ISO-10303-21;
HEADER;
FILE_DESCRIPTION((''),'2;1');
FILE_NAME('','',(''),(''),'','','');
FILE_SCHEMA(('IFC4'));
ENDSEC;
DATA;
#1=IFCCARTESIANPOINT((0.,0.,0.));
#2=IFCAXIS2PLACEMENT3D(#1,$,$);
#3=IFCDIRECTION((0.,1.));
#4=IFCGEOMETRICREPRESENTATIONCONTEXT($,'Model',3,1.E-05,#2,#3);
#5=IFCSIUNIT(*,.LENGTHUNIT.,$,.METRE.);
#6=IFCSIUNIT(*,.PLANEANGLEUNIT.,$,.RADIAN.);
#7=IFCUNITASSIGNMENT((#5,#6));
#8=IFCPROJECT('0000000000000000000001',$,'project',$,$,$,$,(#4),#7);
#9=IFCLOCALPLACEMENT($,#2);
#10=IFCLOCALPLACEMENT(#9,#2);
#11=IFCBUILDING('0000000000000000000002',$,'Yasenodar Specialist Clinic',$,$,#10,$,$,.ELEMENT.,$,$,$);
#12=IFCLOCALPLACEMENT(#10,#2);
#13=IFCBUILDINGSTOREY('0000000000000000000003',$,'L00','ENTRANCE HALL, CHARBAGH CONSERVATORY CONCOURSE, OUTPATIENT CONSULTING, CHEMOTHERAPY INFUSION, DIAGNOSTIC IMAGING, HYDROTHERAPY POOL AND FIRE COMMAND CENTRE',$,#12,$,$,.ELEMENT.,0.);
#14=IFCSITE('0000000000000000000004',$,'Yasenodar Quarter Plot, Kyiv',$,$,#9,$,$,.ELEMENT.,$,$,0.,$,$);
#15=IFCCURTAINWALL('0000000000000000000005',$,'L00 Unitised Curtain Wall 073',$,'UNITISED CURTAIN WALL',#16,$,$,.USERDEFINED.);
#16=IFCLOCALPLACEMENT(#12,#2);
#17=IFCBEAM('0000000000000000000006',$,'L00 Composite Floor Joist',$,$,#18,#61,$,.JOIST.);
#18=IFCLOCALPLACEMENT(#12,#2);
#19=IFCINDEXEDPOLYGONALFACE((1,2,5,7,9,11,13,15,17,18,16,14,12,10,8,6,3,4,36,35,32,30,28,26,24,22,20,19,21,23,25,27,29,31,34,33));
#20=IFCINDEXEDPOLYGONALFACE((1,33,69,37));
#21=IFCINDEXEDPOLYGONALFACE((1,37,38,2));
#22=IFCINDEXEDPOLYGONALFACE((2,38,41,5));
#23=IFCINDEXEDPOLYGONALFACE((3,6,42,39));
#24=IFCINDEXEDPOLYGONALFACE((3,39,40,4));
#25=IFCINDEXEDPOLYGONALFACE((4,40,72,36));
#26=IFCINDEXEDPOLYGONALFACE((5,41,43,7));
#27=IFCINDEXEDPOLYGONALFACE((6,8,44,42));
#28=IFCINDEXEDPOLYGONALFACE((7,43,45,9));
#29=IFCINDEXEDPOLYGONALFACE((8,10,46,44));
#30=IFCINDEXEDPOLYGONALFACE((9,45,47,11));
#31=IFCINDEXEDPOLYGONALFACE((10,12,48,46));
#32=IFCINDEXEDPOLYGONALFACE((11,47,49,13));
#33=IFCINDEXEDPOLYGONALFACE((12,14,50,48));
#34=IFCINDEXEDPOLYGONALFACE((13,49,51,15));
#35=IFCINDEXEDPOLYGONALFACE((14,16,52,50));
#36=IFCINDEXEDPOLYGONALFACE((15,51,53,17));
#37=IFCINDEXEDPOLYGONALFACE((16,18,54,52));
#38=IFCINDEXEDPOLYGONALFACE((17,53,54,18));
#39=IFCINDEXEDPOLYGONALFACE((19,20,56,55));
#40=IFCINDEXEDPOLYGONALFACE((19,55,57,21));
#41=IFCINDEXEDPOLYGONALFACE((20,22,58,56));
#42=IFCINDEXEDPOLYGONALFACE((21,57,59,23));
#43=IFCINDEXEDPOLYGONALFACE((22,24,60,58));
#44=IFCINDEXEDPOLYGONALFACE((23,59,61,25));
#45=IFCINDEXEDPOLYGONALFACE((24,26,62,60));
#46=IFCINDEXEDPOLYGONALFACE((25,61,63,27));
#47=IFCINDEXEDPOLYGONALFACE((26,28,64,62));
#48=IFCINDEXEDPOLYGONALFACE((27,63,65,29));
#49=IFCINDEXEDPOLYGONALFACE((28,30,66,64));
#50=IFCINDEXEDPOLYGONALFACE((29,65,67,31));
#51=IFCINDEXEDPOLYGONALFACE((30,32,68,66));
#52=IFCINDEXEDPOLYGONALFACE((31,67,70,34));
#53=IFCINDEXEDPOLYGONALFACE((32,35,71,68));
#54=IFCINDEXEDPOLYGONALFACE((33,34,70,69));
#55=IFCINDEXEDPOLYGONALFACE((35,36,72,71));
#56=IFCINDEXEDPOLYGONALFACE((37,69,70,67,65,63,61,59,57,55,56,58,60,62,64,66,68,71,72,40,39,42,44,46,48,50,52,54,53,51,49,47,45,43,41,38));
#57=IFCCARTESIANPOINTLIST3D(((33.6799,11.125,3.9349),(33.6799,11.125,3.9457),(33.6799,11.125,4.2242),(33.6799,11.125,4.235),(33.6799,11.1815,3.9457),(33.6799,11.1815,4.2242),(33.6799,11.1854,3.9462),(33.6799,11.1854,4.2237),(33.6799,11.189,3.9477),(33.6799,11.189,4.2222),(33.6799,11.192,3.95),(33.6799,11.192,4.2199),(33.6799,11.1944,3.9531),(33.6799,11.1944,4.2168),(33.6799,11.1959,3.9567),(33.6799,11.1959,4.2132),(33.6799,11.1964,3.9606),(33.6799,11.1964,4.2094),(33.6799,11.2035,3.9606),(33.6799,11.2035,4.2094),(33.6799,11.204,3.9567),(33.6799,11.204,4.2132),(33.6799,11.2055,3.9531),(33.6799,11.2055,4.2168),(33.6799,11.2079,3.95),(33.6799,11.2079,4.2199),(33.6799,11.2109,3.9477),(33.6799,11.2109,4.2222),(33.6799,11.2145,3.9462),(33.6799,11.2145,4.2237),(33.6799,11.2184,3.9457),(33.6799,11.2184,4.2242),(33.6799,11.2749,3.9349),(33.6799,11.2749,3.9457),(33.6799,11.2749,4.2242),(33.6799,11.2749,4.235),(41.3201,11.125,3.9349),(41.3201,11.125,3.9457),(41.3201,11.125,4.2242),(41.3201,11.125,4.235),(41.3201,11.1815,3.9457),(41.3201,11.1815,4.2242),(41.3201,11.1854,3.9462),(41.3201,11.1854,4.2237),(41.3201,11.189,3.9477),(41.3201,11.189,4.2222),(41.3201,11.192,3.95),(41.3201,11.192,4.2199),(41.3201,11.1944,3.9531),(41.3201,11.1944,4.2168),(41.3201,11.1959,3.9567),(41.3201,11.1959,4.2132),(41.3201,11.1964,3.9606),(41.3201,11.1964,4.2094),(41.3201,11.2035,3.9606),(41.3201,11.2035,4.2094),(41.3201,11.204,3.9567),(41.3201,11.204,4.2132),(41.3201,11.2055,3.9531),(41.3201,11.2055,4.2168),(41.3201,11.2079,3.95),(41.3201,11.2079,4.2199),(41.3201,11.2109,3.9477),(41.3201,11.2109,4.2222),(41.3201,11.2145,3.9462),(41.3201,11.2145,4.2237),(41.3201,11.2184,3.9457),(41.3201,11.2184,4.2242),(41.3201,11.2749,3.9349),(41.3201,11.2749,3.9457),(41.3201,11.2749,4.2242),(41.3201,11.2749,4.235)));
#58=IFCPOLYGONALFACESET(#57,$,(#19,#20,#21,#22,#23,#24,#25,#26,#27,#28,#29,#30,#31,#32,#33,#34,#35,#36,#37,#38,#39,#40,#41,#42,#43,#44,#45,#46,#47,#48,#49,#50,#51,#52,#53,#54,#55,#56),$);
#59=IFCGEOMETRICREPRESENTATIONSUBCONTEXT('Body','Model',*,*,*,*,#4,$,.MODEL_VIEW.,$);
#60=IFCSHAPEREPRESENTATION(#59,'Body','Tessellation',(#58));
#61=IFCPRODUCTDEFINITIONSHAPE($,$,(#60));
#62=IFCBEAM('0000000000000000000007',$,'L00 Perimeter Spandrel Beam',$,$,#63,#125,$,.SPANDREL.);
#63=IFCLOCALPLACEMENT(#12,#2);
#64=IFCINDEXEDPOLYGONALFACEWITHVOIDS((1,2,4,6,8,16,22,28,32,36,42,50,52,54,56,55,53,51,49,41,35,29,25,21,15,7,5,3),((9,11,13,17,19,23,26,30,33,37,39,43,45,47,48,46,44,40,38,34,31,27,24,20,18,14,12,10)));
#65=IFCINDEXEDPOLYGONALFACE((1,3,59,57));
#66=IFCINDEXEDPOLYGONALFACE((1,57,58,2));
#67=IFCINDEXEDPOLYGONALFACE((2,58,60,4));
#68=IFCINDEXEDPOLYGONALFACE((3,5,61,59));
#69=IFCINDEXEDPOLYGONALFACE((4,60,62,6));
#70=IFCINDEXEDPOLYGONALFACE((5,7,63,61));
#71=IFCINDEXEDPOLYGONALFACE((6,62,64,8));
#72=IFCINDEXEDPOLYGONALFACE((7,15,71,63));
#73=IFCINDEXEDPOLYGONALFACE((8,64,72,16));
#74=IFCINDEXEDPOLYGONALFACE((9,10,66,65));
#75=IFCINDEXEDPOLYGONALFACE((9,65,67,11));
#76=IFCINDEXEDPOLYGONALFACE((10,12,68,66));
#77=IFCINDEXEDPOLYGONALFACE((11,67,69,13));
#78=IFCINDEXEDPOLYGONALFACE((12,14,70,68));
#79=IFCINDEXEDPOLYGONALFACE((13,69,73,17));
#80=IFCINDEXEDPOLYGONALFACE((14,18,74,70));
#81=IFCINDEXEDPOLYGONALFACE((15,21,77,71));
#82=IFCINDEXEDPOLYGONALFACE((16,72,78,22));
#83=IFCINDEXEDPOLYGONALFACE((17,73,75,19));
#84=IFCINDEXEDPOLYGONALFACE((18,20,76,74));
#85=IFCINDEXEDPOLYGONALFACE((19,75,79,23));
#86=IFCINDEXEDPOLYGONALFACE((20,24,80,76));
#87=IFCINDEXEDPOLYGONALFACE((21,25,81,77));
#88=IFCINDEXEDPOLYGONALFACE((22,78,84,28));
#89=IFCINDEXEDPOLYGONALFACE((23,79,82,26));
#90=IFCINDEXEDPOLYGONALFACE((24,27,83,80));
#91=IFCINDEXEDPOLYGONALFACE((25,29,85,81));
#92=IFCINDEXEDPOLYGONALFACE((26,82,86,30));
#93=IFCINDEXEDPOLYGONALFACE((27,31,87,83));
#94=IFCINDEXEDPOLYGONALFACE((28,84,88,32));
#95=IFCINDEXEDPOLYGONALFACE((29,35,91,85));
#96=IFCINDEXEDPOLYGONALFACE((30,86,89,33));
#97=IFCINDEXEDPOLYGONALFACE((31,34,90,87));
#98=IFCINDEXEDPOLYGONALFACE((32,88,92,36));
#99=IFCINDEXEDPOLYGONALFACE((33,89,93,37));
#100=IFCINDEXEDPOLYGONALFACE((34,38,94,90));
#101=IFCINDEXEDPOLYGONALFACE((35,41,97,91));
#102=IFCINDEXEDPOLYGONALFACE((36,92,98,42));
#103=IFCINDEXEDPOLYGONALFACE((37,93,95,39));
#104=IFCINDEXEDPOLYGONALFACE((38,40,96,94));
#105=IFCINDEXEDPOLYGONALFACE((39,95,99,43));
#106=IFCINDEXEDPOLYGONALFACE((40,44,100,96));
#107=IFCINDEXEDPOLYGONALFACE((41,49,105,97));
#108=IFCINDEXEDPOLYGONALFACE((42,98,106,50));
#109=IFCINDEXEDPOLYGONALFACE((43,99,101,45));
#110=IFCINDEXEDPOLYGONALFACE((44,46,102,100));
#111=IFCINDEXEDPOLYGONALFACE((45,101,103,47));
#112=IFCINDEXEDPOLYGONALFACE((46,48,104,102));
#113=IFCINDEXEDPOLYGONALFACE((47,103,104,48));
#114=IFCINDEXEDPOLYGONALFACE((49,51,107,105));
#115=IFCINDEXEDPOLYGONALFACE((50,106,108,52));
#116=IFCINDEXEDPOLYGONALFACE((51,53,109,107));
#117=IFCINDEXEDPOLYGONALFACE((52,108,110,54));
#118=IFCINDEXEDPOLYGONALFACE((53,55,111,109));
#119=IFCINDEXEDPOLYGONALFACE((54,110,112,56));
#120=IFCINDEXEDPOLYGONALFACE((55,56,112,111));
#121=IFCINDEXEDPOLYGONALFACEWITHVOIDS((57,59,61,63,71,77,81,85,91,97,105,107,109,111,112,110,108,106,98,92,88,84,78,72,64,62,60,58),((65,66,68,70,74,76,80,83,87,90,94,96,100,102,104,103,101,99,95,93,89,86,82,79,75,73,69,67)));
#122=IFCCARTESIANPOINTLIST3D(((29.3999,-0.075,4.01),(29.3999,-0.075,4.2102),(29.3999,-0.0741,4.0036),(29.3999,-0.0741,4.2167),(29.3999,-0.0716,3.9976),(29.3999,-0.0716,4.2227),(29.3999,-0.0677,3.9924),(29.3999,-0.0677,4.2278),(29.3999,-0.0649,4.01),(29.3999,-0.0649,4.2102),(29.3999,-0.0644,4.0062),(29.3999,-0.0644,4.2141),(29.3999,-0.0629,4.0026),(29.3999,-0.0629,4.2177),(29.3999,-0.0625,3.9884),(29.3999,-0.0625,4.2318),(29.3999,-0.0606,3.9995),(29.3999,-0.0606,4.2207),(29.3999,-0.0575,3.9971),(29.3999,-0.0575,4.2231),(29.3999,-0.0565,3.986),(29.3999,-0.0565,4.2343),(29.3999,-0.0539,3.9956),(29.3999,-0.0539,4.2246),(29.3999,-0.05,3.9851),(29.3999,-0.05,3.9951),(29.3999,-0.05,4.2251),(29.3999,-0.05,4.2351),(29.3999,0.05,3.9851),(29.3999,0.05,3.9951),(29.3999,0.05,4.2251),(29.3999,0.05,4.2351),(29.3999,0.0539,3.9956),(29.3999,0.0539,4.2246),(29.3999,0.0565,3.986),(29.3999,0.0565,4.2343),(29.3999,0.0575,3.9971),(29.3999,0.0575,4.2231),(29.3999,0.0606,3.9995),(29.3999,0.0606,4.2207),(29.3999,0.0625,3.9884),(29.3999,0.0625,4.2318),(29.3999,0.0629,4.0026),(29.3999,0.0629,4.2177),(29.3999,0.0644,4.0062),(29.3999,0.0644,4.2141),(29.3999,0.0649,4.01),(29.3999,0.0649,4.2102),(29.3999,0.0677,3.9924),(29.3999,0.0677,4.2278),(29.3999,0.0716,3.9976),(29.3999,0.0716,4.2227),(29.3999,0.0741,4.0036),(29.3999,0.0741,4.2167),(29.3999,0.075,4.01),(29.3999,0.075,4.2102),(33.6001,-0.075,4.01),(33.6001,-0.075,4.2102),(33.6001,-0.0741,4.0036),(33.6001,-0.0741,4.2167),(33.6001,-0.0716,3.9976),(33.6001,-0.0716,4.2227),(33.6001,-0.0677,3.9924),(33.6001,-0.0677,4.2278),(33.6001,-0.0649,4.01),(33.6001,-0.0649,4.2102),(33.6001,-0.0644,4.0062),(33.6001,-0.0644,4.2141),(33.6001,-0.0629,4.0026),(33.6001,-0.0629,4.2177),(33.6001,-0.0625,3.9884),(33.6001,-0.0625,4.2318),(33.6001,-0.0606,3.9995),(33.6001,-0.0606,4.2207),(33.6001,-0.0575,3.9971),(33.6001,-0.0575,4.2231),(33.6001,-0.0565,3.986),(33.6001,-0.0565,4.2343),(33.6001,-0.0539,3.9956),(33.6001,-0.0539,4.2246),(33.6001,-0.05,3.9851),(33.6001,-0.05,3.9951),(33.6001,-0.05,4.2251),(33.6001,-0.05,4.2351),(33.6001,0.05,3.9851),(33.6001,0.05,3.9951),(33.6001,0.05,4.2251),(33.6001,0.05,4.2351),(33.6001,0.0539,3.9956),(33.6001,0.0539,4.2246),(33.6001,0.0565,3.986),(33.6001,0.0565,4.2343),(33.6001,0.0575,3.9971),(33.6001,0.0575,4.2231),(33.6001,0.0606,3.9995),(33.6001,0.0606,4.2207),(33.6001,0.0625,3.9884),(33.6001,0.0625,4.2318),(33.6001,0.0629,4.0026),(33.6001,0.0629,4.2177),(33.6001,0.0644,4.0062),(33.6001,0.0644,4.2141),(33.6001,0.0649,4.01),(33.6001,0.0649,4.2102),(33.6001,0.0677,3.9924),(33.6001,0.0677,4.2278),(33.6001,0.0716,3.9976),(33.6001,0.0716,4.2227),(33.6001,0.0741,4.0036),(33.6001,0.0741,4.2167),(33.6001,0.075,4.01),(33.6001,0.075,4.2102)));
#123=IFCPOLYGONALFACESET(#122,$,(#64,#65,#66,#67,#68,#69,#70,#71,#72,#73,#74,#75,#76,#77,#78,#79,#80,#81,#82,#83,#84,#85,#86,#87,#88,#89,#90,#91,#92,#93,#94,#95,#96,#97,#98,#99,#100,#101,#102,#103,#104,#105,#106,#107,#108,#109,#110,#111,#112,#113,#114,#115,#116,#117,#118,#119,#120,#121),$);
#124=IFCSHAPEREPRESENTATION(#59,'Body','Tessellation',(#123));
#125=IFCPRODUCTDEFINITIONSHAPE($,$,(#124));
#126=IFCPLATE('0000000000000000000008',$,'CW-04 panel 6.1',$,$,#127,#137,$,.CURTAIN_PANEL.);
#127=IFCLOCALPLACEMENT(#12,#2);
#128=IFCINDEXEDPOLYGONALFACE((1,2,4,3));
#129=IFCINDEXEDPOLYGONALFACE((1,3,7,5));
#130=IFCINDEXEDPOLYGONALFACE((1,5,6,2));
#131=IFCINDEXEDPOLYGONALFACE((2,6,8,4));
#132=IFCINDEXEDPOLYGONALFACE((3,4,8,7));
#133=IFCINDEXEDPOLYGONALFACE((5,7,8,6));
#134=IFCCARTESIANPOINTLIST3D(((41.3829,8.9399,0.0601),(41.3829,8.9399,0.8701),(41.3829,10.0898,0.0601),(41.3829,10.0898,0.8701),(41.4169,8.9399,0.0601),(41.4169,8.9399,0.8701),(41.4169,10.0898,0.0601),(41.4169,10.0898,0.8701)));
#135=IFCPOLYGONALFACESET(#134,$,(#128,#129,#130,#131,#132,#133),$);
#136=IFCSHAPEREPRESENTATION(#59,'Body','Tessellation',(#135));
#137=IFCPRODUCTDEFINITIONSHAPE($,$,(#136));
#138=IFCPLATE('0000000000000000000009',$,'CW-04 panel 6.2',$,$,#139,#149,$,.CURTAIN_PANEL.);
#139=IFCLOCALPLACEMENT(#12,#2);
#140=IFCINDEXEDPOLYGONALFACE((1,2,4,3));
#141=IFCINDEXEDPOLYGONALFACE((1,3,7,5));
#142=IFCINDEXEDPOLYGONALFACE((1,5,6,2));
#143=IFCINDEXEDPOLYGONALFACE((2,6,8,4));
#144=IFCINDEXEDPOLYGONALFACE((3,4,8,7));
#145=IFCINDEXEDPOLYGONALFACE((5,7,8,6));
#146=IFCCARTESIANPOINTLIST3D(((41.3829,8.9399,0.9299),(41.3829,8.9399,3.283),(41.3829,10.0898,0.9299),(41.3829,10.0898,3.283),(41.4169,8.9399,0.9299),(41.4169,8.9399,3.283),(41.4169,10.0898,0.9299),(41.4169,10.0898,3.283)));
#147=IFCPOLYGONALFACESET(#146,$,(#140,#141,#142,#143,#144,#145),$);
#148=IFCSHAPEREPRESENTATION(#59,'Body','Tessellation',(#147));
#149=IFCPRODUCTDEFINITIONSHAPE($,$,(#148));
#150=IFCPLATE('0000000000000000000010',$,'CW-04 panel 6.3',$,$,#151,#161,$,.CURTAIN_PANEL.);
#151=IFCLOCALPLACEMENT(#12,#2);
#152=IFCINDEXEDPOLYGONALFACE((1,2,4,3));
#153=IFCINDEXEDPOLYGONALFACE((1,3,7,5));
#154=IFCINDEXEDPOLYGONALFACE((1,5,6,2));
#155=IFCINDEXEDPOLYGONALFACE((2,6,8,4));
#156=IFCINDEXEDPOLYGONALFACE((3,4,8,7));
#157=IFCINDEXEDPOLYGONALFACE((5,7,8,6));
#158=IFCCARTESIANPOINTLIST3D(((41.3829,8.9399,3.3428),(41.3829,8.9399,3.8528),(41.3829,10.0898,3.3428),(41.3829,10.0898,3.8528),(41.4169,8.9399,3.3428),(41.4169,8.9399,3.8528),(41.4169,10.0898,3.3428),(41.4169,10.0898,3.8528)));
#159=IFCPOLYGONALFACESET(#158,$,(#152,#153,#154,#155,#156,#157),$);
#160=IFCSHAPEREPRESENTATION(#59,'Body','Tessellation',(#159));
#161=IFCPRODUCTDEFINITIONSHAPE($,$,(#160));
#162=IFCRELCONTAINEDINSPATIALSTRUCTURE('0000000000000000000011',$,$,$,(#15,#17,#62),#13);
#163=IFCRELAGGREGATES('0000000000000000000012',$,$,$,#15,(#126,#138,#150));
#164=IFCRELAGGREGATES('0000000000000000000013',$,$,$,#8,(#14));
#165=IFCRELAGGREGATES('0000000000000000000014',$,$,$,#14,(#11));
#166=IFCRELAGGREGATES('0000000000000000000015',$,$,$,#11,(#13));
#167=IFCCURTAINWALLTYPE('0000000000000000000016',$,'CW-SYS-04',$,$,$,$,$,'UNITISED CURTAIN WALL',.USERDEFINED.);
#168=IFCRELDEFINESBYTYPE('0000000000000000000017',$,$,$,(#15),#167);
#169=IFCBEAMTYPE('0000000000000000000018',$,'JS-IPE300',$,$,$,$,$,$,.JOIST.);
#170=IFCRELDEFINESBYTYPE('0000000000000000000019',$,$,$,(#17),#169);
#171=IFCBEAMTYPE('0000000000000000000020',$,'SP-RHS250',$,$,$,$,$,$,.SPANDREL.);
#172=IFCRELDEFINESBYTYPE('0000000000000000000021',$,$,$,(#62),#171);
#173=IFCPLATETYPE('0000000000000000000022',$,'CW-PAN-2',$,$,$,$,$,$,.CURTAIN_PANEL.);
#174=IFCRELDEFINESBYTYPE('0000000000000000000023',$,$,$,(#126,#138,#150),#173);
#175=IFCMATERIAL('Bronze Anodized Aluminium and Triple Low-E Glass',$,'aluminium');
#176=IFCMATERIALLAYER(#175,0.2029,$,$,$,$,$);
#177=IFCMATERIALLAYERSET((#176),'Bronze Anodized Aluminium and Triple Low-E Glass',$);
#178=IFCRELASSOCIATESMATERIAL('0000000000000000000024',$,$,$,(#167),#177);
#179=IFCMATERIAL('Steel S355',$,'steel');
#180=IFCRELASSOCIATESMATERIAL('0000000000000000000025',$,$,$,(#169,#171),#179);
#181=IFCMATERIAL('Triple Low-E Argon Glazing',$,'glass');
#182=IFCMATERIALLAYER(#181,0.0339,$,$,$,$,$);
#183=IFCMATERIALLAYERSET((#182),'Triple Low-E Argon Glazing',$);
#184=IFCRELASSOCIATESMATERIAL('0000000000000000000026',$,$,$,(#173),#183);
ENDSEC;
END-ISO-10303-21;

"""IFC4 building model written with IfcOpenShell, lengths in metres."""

from ifc_helpers import new_model, si_unit, direction, frame, origin, origin_2d, place, context, subcontext, project, spatial, rectangle, hollow_rectangle, i_section, extrude, material, layer, layer_set, material_profile, profile_set, type_object, element, aggregate, save


model = new_model("IFC4")

# Units and contexts
model_context = context("Model", 3, precision=1e-05, world=origin(), true_north=direction((0.0, 1.0)))
body_context = subcontext(model_context, "Body", "Model", "MODEL_VIEW")
ifc_project = project(units=[si_unit("LENGTHUNIT", "METRE"), si_unit("PLANEANGLEUNIT", "RADIAN")], contexts=[model_context])

# Site, building, storey
site_placement = place(None, origin())
site = spatial("IfcSite", under=ifc_project, at=site_placement, Name="Yasenodar Quarter Plot, Kyiv", CompositionType="ELEMENT", RefElevation=0.0)
building_placement = place(site_placement, origin())
building = spatial("IfcBuilding", under=site, at=building_placement, Name="Yasenodar Specialist Clinic", CompositionType="ELEMENT")
storey_placement = place(building_placement, origin())
storey = spatial("IfcBuildingStorey", under=building, at=storey_placement, Name="L00", Description="ENTRANCE HALL, CHARBAGH CONSERVATORY CONCOURSE, OUTPATIENT CONSULTING, CHEMOTHERAPY INFUSION, DIAGNOSTIC IMAGING, HYDROTHERAPY POOL AND FIRE COMMAND CENTRE", CompositionType="ELEMENT", Elevation=0.0)

# Shared definitions
ifc_material_1 = material(Name="Steel S355", Category="steel")

# Curtain wall
ifc_material_2 = material(Name="Bronze Anodized Aluminium and Triple Low-E Glass", Category="aluminium")
ifc_layer_1 = layer(ifc_material_2, 0.2029)
ifc_layer_set_1 = layer_set([ifc_layer_1], Name="Bronze Anodized Aluminium and Triple Low-E Glass")
curtain_wall_type = type_object("IfcCurtainWallType", Name="CW-SYS-04", ElementType="UNITISED CURTAIN WALL", PredefinedType="USERDEFINED", material=ifc_layer_set_1)
curtain_wall_placement = place(storey_placement, origin())
curtain_wall = element("IfcCurtainWall", 1, at=curtain_wall_placement, inside=storey, type_object=curtain_wall_type, Name="L00 Unitised Curtain Wall 073", ObjectType="UNITISED CURTAIN WALL", PredefinedType="USERDEFINED")

# Beams
ifc_material_profile_1 = material_profile(ifc_material_1, i_section(OverallWidth=0.1499, OverallDepth=0.3, WebThickness=0.0071, FlangeThickness=0.0107, FilletRadius=0.0149, at=origin_2d()), Name="IPE 300")
ifc_profile_set_1 = profile_set([ifc_material_profile_1], Name="Steel S355")
beam_type_1 = type_object("IfcBeamType", Name="JS-IPE300", PredefinedType="JOIST", material=ifc_profile_set_1)
beam_1_placement = place(storey_placement, frame((33.6799, 11.2, 4.085), z_axis=(1.0, 0.0, 0.0), x_axis=(0.0, 1.0, 0.0)))
element("IfcBeam", 2, at=beam_1_placement, inside=storey, type_object=beam_type_1, Name="L00 Composite Floor Joist", PredefinedType="JOIST", context=body_context, shape_type="SweptSolid", body=[
    extrude(i_section(OverallWidth=0.1499, OverallDepth=0.3, WebThickness=0.0071, FlangeThickness=0.0107, FilletRadius=0.0149, at=origin_2d()), origin(), (0.0, 0.0, 1.0), 7.6401),
])
ifc_material_profile_2 = material_profile(ifc_material_1, hollow_rectangle(XDim=0.1499, YDim=0.25, WallThickness=0.01, InnerFilletRadius=0.0149, OuterFilletRadius=0.0249, at=origin_2d()), Name="RHS 250x150x10")
ifc_profile_set_2 = profile_set([ifc_material_profile_2], Name="Steel S355")
beam_type_2 = type_object("IfcBeamType", Name="SP-RHS250", PredefinedType="SPANDREL", material=ifc_profile_set_2)
beam_2_placement = place(storey_placement, frame((29.3999, 0.0, 4.1101), z_axis=(1.0, 0.0, 0.0), x_axis=(0.0, 1.0, 0.0)))
element("IfcBeam", 3, at=beam_2_placement, inside=storey, type_object=beam_type_2, Name="L00 Perimeter Spandrel Beam", PredefinedType="SPANDREL", context=body_context, shape_type="SweptSolid", body=[
    extrude(hollow_rectangle(XDim=0.1499, YDim=0.25, WallThickness=0.01, InnerFilletRadius=0.0149, OuterFilletRadius=0.0249, at=origin_2d()), origin(), (0.0, 0.0, 1.0), 4.2002),
])

# Plates
ifc_material_3 = material(Name="Triple Low-E Argon Glazing", Category="glass")
ifc_layer_2 = layer(ifc_material_3, 0.0339)
ifc_layer_set_2 = layer_set([ifc_layer_2], Name="Triple Low-E Argon Glazing")
plate_type = type_object("IfcPlateType", Name="CW-PAN-2", PredefinedType="CURTAIN_PANEL", material=ifc_layer_set_2)
plate_1_placement = place(storey_placement, frame((41.3999, 9.5149, 0.0601), z_axis=(0.0, 0.0, 1.0), x_axis=(0.0, -1.0, 0.0)))
plate_1 = element("IfcPlate", 4, at=plate_1_placement, type_object=plate_type, Name="CW-04 panel 6.1", PredefinedType="CURTAIN_PANEL", context=body_context, shape_type="SweptSolid", body=[
    extrude(rectangle(XDim=1.1499, YDim=0.0339, at=origin_2d()), origin(), (0.0, 0.0, 1.0), 0.8101),
])
plate_2_placement = place(storey_placement, frame((41.3999, 9.5149, 0.9299), z_axis=(0.0, 0.0, 1.0), x_axis=(0.0, -1.0, 0.0)))
plate_2 = element("IfcPlate", 5, at=plate_2_placement, type_object=plate_type, Name="CW-04 panel 6.2", PredefinedType="CURTAIN_PANEL", context=body_context, shape_type="SweptSolid", body=[
    extrude(rectangle(XDim=1.1499, YDim=0.0339, at=origin_2d()), origin(), (0.0, 0.0, 1.0), 2.353),
])
plate_3_placement = place(storey_placement, frame((41.3999, 9.5149, 3.3428), z_axis=(0.0, 0.0, 1.0), x_axis=(0.0, -1.0, 0.0)))
plate_3 = element("IfcPlate", 6, at=plate_3_placement, type_object=plate_type, Name="CW-04 panel 6.3", PredefinedType="CURTAIN_PANEL", context=body_context, shape_type="SweptSolid", body=[
    extrude(rectangle(XDim=1.1499, YDim=0.0339, at=origin_2d()), origin(), (0.0, 0.0, 1.0), 0.51),
])
aggregate(curtain_wall, [plate_1, plate_2, plate_3])

save(model, "model.ifc")
